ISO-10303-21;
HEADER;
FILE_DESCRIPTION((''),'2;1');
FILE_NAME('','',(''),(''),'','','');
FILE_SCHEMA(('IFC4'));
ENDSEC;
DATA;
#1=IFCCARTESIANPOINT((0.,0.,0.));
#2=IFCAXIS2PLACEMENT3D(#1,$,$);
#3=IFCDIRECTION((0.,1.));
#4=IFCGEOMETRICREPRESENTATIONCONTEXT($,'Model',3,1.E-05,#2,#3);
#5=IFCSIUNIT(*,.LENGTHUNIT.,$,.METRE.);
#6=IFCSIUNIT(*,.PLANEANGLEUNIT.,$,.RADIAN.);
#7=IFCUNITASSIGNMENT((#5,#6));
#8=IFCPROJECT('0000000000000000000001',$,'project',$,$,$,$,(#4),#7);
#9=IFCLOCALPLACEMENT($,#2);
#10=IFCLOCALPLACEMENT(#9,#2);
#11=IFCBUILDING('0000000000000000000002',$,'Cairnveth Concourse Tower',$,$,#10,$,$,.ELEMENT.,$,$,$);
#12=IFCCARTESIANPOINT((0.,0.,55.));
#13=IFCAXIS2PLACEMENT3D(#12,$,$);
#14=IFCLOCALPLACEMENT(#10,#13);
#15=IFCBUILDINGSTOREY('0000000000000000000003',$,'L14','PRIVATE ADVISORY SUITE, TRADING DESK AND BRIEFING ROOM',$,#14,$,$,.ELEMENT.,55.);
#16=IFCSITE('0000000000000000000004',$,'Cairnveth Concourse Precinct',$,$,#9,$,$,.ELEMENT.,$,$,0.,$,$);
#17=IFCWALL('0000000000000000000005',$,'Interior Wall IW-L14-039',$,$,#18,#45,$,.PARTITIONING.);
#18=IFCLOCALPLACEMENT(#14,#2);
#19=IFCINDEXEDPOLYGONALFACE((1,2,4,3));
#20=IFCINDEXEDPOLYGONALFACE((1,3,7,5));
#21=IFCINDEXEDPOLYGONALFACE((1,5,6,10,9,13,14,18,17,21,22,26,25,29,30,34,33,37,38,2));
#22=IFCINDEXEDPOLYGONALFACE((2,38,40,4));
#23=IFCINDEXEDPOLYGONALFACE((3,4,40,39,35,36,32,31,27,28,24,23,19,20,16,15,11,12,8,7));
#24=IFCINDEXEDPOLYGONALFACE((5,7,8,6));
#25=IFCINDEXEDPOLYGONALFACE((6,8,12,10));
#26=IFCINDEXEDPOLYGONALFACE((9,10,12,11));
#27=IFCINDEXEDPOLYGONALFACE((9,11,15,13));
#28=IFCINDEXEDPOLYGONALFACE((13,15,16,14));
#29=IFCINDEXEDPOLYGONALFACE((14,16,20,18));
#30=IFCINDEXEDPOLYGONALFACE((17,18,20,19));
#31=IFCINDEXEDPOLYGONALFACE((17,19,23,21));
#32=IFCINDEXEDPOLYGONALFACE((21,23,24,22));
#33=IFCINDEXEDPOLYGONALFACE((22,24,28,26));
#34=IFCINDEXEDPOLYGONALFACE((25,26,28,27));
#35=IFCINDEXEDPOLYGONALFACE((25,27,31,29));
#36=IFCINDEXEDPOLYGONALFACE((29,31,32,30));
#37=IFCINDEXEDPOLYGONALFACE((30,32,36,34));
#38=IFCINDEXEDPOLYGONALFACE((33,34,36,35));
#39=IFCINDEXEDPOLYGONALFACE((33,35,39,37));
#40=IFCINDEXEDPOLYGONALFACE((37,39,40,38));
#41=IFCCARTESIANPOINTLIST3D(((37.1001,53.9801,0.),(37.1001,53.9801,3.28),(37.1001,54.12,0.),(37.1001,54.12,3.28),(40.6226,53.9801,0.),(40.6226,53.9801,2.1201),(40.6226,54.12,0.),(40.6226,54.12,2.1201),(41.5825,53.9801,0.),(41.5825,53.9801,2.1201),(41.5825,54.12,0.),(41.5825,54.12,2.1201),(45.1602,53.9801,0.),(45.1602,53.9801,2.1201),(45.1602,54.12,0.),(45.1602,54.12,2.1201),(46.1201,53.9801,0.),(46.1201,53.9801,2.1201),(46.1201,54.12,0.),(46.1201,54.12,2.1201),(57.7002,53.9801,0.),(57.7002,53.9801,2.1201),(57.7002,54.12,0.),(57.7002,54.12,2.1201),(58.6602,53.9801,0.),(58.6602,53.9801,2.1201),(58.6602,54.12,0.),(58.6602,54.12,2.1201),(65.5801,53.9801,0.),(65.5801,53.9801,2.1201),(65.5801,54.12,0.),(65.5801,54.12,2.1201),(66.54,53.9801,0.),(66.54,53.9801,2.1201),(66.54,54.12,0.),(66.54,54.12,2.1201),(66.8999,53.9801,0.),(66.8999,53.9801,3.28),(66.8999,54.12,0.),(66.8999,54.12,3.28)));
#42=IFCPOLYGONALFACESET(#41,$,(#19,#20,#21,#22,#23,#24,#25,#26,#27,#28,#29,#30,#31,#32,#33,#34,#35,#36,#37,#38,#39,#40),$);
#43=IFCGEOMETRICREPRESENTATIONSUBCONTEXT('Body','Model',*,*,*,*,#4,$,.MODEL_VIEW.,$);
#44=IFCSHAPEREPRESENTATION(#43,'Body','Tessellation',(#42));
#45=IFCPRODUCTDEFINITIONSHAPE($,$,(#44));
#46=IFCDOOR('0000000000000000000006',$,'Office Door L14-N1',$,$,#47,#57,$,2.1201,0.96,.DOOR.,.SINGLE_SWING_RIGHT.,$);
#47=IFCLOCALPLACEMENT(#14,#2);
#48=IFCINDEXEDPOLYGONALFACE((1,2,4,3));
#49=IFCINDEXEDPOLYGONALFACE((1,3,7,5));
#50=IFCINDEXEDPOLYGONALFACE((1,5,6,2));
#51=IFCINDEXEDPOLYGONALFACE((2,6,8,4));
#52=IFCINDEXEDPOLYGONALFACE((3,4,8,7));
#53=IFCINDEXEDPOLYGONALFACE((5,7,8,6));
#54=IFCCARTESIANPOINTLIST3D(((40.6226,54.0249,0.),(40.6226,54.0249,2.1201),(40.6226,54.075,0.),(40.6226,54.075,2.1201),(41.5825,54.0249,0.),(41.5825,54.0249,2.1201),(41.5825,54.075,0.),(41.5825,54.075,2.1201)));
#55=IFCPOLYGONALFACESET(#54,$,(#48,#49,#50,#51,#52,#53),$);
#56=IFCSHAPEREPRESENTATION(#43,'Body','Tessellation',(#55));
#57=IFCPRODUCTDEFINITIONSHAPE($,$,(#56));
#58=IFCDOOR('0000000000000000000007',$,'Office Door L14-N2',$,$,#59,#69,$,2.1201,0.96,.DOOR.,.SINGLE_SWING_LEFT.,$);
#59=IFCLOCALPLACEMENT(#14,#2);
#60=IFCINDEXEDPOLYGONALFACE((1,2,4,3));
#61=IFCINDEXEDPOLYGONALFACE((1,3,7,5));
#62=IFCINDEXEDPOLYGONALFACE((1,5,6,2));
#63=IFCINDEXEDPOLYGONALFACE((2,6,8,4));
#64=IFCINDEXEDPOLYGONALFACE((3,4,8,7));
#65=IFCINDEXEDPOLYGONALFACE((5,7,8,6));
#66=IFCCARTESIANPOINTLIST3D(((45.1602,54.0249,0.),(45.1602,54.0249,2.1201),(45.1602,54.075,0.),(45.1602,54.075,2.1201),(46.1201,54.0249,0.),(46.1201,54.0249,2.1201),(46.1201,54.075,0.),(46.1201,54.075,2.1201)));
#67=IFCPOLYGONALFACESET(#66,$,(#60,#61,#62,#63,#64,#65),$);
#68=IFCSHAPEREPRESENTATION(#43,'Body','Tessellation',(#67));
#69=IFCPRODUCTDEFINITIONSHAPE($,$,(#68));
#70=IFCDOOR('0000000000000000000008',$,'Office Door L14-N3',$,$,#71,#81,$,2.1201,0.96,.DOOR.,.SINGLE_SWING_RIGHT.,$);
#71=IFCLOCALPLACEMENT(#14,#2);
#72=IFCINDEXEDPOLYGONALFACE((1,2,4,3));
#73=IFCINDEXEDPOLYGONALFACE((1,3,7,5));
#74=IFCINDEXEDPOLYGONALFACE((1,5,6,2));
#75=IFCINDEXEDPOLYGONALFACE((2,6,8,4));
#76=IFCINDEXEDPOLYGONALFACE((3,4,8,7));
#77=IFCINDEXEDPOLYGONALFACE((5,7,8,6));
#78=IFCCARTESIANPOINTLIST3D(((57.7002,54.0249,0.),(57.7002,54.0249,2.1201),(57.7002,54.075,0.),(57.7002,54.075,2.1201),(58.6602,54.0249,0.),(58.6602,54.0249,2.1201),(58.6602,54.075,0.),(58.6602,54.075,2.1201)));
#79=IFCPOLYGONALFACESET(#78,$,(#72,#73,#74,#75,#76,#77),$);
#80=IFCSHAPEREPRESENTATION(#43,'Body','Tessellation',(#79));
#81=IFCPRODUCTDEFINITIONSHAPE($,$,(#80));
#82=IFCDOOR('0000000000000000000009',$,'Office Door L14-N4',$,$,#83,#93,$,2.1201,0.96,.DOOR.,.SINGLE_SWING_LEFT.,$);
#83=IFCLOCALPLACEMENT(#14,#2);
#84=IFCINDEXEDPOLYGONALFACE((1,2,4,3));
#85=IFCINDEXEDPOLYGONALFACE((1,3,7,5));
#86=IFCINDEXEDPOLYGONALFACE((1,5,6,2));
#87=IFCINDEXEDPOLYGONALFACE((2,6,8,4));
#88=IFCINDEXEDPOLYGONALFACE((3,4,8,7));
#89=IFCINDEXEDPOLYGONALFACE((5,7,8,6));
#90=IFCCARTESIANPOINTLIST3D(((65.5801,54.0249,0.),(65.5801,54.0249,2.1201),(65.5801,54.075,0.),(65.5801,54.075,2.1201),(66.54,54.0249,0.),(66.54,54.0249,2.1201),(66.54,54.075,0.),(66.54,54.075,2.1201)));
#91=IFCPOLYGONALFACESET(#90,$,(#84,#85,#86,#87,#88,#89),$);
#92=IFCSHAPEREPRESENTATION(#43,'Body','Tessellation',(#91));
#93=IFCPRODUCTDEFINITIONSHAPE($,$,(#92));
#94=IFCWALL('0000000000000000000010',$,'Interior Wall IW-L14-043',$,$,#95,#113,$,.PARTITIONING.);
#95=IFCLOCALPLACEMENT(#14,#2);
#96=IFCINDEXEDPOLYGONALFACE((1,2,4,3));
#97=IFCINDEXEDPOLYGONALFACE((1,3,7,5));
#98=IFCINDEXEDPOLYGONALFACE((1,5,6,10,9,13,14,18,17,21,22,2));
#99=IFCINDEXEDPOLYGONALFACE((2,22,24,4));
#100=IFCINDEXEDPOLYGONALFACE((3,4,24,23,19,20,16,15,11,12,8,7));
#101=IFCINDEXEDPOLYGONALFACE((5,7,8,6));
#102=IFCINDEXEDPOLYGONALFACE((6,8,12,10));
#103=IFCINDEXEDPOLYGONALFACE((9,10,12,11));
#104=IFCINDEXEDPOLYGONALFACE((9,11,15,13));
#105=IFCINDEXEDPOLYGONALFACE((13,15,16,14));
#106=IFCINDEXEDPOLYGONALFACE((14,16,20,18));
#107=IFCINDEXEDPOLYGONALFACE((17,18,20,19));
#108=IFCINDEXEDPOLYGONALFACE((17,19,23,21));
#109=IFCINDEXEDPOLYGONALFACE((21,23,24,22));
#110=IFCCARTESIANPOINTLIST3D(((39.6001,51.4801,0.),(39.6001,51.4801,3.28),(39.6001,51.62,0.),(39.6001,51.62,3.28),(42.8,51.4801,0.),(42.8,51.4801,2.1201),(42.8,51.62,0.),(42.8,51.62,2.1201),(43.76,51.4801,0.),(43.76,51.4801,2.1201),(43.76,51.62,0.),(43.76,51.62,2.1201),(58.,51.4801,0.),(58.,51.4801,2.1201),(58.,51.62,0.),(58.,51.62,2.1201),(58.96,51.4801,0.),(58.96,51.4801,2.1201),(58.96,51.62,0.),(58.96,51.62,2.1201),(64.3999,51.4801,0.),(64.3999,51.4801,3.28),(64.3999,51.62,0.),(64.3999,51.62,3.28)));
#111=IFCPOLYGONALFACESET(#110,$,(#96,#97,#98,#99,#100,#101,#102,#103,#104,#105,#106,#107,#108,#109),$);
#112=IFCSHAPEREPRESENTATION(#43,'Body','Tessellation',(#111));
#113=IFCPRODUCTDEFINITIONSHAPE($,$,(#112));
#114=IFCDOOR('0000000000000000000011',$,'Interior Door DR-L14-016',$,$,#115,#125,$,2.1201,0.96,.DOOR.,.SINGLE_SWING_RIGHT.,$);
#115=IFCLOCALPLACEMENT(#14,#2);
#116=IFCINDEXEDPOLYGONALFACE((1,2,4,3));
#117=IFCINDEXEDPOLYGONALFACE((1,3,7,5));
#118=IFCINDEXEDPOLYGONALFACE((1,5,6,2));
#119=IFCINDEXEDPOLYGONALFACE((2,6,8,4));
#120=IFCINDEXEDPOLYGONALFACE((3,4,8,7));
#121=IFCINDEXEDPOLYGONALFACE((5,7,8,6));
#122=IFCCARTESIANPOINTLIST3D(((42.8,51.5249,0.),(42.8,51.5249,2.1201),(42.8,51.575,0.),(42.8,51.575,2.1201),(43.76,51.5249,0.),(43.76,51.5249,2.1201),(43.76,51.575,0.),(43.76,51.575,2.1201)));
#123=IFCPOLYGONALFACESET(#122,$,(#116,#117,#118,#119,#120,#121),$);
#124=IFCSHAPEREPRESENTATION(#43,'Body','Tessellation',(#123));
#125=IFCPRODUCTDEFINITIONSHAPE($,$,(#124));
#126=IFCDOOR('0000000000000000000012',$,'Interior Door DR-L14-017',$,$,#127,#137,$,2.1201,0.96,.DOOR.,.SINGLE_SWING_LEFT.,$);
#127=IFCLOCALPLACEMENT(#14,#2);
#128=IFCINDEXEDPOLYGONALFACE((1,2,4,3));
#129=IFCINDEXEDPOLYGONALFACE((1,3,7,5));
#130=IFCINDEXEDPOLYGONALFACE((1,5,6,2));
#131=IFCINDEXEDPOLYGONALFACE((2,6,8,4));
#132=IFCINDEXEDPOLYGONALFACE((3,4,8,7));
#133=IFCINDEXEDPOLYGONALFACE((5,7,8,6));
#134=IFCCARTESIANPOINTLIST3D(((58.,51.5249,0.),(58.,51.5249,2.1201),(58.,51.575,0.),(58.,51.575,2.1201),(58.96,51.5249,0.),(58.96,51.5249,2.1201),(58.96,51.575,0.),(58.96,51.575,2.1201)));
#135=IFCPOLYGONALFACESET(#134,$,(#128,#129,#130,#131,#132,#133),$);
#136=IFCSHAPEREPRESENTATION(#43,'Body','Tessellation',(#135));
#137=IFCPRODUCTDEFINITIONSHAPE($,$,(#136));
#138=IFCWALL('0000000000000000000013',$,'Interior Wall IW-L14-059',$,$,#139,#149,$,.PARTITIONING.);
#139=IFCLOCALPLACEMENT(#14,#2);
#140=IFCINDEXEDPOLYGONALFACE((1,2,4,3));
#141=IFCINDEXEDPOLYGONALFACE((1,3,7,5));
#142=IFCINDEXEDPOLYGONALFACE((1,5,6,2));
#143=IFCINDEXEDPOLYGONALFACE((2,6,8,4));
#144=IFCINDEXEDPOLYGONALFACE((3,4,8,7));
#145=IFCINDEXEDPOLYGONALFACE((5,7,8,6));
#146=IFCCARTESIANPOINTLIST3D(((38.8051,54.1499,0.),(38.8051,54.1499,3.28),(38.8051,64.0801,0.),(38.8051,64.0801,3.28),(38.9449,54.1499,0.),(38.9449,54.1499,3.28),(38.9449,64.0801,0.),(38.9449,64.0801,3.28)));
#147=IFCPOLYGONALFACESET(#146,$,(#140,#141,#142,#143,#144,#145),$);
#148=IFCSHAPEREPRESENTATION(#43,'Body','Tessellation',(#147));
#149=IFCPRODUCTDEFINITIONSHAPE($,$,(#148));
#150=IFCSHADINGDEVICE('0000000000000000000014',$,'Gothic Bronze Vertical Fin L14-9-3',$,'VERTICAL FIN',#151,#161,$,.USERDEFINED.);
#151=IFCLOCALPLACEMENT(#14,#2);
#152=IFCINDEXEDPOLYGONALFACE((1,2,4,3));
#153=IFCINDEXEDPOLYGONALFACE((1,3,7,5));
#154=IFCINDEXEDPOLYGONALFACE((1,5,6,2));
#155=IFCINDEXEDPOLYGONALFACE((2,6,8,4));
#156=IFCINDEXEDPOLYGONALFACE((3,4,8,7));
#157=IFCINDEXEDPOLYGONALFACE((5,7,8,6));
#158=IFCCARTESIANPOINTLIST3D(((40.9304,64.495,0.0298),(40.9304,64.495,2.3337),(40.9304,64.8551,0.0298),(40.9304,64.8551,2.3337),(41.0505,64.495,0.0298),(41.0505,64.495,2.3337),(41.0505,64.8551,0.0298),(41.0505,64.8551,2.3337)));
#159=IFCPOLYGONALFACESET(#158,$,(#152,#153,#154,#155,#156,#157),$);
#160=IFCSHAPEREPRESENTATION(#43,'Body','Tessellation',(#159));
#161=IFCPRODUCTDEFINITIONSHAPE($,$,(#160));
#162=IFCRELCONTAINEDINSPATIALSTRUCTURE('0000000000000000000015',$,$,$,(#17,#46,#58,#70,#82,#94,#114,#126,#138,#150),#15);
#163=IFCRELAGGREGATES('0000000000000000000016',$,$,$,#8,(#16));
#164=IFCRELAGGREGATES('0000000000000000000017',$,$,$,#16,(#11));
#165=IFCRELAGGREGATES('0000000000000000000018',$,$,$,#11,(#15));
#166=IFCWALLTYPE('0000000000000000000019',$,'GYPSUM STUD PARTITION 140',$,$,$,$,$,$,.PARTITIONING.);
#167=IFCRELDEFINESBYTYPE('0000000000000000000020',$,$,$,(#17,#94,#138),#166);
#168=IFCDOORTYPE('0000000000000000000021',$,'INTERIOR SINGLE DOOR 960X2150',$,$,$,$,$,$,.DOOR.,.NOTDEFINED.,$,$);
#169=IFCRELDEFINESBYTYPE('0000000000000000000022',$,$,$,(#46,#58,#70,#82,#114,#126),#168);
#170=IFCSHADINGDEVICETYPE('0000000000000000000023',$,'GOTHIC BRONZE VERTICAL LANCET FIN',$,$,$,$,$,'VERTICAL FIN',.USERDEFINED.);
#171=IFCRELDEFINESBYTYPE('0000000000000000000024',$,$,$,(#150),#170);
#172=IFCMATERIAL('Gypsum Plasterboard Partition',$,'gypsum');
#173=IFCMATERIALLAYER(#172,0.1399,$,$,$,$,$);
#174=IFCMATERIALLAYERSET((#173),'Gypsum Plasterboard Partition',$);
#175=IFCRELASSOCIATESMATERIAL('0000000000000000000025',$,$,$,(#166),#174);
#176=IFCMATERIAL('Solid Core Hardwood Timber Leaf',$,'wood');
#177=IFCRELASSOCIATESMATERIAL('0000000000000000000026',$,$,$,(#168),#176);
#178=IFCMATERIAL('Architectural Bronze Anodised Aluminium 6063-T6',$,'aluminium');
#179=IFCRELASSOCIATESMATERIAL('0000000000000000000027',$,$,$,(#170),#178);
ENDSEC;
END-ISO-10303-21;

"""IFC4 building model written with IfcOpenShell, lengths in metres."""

from ifc_helpers import new_model, si_unit, direction, frame, frame_2d, origin, origin_2d, place, context, subcontext, project, spatial, rectangle, extrude, material, layer, layer_set, type_object, element, fill, save


model = new_model("IFC4")

# Units and contexts
model_context = context("Model", 3, precision=1e-05, world=origin(), true_north=direction((0.0, 1.0)))
body_context = subcontext(model_context, "Body", "Model", "MODEL_VIEW")
ifc_project = project(units=[si_unit("LENGTHUNIT", "METRE"), si_unit("PLANEANGLEUNIT", "RADIAN")], contexts=[model_context])

# Site, building, storey
site_placement = place(None, origin())
site = spatial("IfcSite", under=ifc_project, at=site_placement, Name="Cairnveth Concourse Precinct", CompositionType="ELEMENT", RefElevation=0.0)
building_placement = place(site_placement, origin())
building = spatial("IfcBuilding", under=site, at=building_placement, Name="Cairnveth Concourse Tower", CompositionType="ELEMENT")
storey_placement = place(building_placement, frame((0.0, 0.0, 55.0)))
storey = spatial("IfcBuildingStorey", under=building, at=storey_placement, Name="L14", Description="PRIVATE ADVISORY SUITE, TRADING DESK AND BRIEFING ROOM", CompositionType="ELEMENT", Elevation=55.0)

# Walls, openings, doors
ifc_material_1 = material(Name="Gypsum Plasterboard Partition", Category="gypsum")
ifc_layer_1 = layer(ifc_material_1, 0.1399)
ifc_layer_set_1 = layer_set([ifc_layer_1], Name="Gypsum Plasterboard Partition")
wall_type_1 = type_object("IfcWallType", Name="GYPSUM STUD PARTITION 140", PredefinedType="PARTITIONING", material=ifc_layer_set_1)
wall_1_placement = place(storey_placement, frame((37.1001, 54.05, 0.0), z_axis=(0.0, 0.0, 1.0), x_axis=(1.0, 0.0, 0.0)))
wall_1 = element("IfcWall", 1, at=wall_1_placement, inside=storey, type_object=wall_type_1, Name="Interior Wall IW-L14-039", PredefinedType="PARTITIONING", context=body_context, shape_type="SweptSolid", body=[
    extrude(rectangle(XDim=29.7998, YDim=0.1399, at=frame_2d((14.8999, 0.0))), origin(), (0.0, 0.0, 1.0), 3.28),
])
opening_1_placement = place(wall_1_placement, frame((3.5225, 0.0, 0.0)))
opening_1 = element("IfcOpeningElement", 2, at=opening_1_placement, cuts=wall_1, PredefinedType="OPENING", context=body_context, shape_type="SweptSolid", body=[
    extrude(rectangle(XDim=0.96, YDim=2.1201, at=frame_2d((0.48, 1.0601))), frame((0.0, 0.0798, 0.0), z_axis=(0.0, -1.0, 0.0), x_axis=(1.0, 0.0, 0.0)), (0.0, 0.0, 1.0), 0.1599),
])
opening_2_placement = place(wall_1_placement, frame((8.0601, 0.0, 0.0)))
opening_2 = element("IfcOpeningElement", 3, at=opening_2_placement, cuts=wall_1, PredefinedType="OPENING", context=body_context, shape_type="SweptSolid", body=[
    extrude(rectangle(XDim=0.96, YDim=2.1201, at=frame_2d((0.48, 1.0601))), frame((0.0, 0.0798, 0.0), z_axis=(0.0, -1.0, 0.0), x_axis=(1.0, 0.0, 0.0)), (0.0, 0.0, 1.0), 0.1599),
])
opening_3_placement = place(wall_1_placement, frame((20.6001, 0.0, 0.0)))
opening_3 = element("IfcOpeningElement", 4, at=opening_3_placement, cuts=wall_1, PredefinedType="OPENING", context=body_context, shape_type="SweptSolid", body=[
    extrude(rectangle(XDim=0.96, YDim=2.1201, at=frame_2d((0.48, 1.0601))), frame((0.0, 0.0798, 0.0), z_axis=(0.0, -1.0, 0.0), x_axis=(1.0, 0.0, 0.0)), (0.0, 0.0, 1.0), 0.1599),
])
opening_4_placement = place(wall_1_placement, frame((28.48, 0.0, 0.0)))
opening_4 = element("IfcOpeningElement", 5, at=opening_4_placement, cuts=wall_1, PredefinedType="OPENING", context=body_context, shape_type="SweptSolid", body=[
    extrude(rectangle(XDim=0.96, YDim=2.1201, at=frame_2d((0.48, 1.0601))), frame((0.0, 0.0798, 0.0), z_axis=(0.0, -1.0, 0.0), x_axis=(1.0, 0.0, 0.0)), (0.0, 0.0, 1.0), 0.1599),
])
ifc_material_2 = material(Name="Solid Core Hardwood Timber Leaf", Category="wood")
door_type = type_object("IfcDoorType", Name="INTERIOR SINGLE DOOR 960X2150", OperationType="NOTDEFINED", PredefinedType="DOOR", material=ifc_material_2)
door_1_placement = place(opening_1_placement, origin())
door_1 = element("IfcDoor", 6, at=door_1_placement, inside=storey, type_object=door_type, Name="Office Door L14-N1", OperationType="SINGLE_SWING_RIGHT", OverallHeight=2.1201, OverallWidth=0.96, PredefinedType="DOOR", context=body_context, shape_type="SweptSolid", body=[
    extrude(rectangle(XDim=0.96, YDim=2.1201, at=frame_2d((0.48, 1.0601))), frame((0.0, 0.0249, 0.0), z_axis=(0.0, -1.0, 0.0), x_axis=(1.0, 0.0, 0.0)), (0.0, 0.0, 1.0), 0.05),
])
fill(opening_1, door_1)
door_2_placement = place(opening_2_placement, origin())
door_2 = element("IfcDoor", 7, at=door_2_placement, inside=storey, type_object=door_type, Name="Office Door L14-N2", OperationType="SINGLE_SWING_LEFT", OverallHeight=2.1201, OverallWidth=0.96, PredefinedType="DOOR", context=body_context, shape_type="SweptSolid", body=[
    extrude(rectangle(XDim=0.96, YDim=2.1201, at=frame_2d((0.48, 1.0601))), frame((0.0, 0.0249, 0.0), z_axis=(0.0, -1.0, 0.0), x_axis=(1.0, 0.0, 0.0)), (0.0, 0.0, 1.0), 0.05),
])
fill(opening_2, door_2)
door_3_placement = place(opening_3_placement, origin())
door_3 = element("IfcDoor", 8, at=door_3_placement, inside=storey, type_object=door_type, Name="Office Door L14-N3", OperationType="SINGLE_SWING_RIGHT", OverallHeight=2.1201, OverallWidth=0.96, PredefinedType="DOOR", context=body_context, shape_type="SweptSolid", body=[
    extrude(rectangle(XDim=0.96, YDim=2.1201, at=frame_2d((0.48, 1.0601))), frame((0.0, 0.0249, 0.0), z_axis=(0.0, -1.0, 0.0), x_axis=(1.0, 0.0, 0.0)), (0.0, 0.0, 1.0), 0.05),
])
fill(opening_3, door_3)
door_4_placement = place(opening_4_placement, origin())
door_4 = element("IfcDoor", 9, at=door_4_placement, inside=storey, type_object=door_type, Name="Office Door L14-N4", OperationType="SINGLE_SWING_LEFT", OverallHeight=2.1201, OverallWidth=0.96, PredefinedType="DOOR", context=body_context, shape_type="SweptSolid", body=[
    extrude(rectangle(XDim=0.96, YDim=2.1201, at=frame_2d((0.48, 1.0601))), frame((0.0, 0.0249, 0.0), z_axis=(0.0, -1.0, 0.0), x_axis=(1.0, 0.0, 0.0)), (0.0, 0.0, 1.0), 0.05),
])
fill(opening_4, door_4)
wall_2_placement = place(storey_placement, frame((39.6001, 51.55, 0.0), z_axis=(0.0, 0.0, 1.0), x_axis=(1.0, 0.0, 0.0)))
wall_2 = element("IfcWall", 10, at=wall_2_placement, inside=storey, type_object=wall_type_1, Name="Interior Wall IW-L14-043", PredefinedType="PARTITIONING", context=body_context, shape_type="SweptSolid", body=[
    extrude(rectangle(XDim=24.7998, YDim=0.1399, at=frame_2d((12.3999, 0.0))), origin(), (0.0, 0.0, 1.0), 3.28),
])
opening_5_placement = place(wall_2_placement, frame((3.2, 0.0, 0.0)))
opening_5 = element("IfcOpeningElement", 11, at=opening_5_placement, cuts=wall_2, PredefinedType="OPENING", context=body_context, shape_type="SweptSolid", body=[
    extrude(rectangle(XDim=0.96, YDim=2.1201, at=frame_2d((0.48, 1.0601))), frame((0.0, 0.0798, 0.0), z_axis=(0.0, -1.0, 0.0), x_axis=(1.0, 0.0, 0.0)), (0.0, 0.0, 1.0), 0.1599),
])
opening_6_placement = place(wall_2_placement, frame((18.3999, 0.0, 0.0)))
opening_6 = element("IfcOpeningElement", 12, at=opening_6_placement, cuts=wall_2, PredefinedType="OPENING", context=body_context, shape_type="SweptSolid", body=[
    extrude(rectangle(XDim=0.96, YDim=2.1201, at=frame_2d((0.48, 1.0601))), frame((0.0, 0.0798, 0.0), z_axis=(0.0, -1.0, 0.0), x_axis=(1.0, 0.0, 0.0)), (0.0, 0.0, 1.0), 0.1599),
])
door_5_placement = place(opening_5_placement, origin())
door_5 = element("IfcDoor", 13, at=door_5_placement, inside=storey, type_object=door_type, Name="Interior Door DR-L14-016", OperationType="SINGLE_SWING_RIGHT", OverallHeight=2.1201, OverallWidth=0.96, PredefinedType="DOOR", context=body_context, shape_type="SweptSolid", body=[
    extrude(rectangle(XDim=0.96, YDim=2.1201, at=frame_2d((0.48, 1.0601))), frame((0.0, 0.0249, 0.0), z_axis=(0.0, -1.0, 0.0), x_axis=(1.0, 0.0, 0.0)), (0.0, 0.0, 1.0), 0.05),
])
fill(opening_5, door_5)
door_6_placement = place(opening_6_placement, origin())
door_6 = element("IfcDoor", 14, at=door_6_placement, inside=storey, type_object=door_type, Name="Interior Door DR-L14-017", OperationType="SINGLE_SWING_LEFT", OverallHeight=2.1201, OverallWidth=0.96, PredefinedType="DOOR", context=body_context, shape_type="SweptSolid", body=[
    extrude(rectangle(XDim=0.96, YDim=2.1201, at=frame_2d((0.48, 1.0601))), frame((0.0, 0.0249, 0.0), z_axis=(0.0, -1.0, 0.0), x_axis=(1.0, 0.0, 0.0)), (0.0, 0.0, 1.0), 0.05),
])
fill(opening_6, door_6)

# Wall
wall_3_placement = place(storey_placement, frame((38.875, 54.1499, 0.0), z_axis=(0.0, 0.0, 1.0), x_axis=(0.0, 1.0, 0.0)))
element("IfcWall", 15, at=wall_3_placement, inside=storey, type_object=wall_type_1, Name="Interior Wall IW-L14-059", PredefinedType="PARTITIONING", context=body_context, shape_type="SweptSolid", body=[
    extrude(rectangle(XDim=9.9302, YDim=0.1399, at=frame_2d((4.9651, 0.0))), origin(), (0.0, 0.0, 1.0), 3.28),
])

# Shading device
ifc_material_3 = material(Name="Architectural Bronze Anodised Aluminium 6063-T6", Category="aluminium")
shading_device_type = type_object("IfcShadingDeviceType", Name="GOTHIC BRONZE VERTICAL LANCET FIN", ElementType="VERTICAL FIN", PredefinedType="USERDEFINED", material=ifc_material_3)
shading_device_placement = place(storey_placement, frame((40.9905, 64.675, 0.0298), z_axis=(0.0, 0.0, 1.0), x_axis=(1.0, 0.0, 0.0)))
element("IfcShadingDevice", 16, at=shading_device_placement, inside=storey, type_object=shading_device_type, Name="Gothic Bronze Vertical Fin L14-9-3", ObjectType="VERTICAL FIN", PredefinedType="USERDEFINED", context=body_context, shape_type="SweptSolid", body=[
    extrude(rectangle(XDim=0.1201, YDim=0.3601, at=origin_2d()), origin(), (0.0, 0.0, 1.0), 2.304),
])

save(model, "model.ifc")
